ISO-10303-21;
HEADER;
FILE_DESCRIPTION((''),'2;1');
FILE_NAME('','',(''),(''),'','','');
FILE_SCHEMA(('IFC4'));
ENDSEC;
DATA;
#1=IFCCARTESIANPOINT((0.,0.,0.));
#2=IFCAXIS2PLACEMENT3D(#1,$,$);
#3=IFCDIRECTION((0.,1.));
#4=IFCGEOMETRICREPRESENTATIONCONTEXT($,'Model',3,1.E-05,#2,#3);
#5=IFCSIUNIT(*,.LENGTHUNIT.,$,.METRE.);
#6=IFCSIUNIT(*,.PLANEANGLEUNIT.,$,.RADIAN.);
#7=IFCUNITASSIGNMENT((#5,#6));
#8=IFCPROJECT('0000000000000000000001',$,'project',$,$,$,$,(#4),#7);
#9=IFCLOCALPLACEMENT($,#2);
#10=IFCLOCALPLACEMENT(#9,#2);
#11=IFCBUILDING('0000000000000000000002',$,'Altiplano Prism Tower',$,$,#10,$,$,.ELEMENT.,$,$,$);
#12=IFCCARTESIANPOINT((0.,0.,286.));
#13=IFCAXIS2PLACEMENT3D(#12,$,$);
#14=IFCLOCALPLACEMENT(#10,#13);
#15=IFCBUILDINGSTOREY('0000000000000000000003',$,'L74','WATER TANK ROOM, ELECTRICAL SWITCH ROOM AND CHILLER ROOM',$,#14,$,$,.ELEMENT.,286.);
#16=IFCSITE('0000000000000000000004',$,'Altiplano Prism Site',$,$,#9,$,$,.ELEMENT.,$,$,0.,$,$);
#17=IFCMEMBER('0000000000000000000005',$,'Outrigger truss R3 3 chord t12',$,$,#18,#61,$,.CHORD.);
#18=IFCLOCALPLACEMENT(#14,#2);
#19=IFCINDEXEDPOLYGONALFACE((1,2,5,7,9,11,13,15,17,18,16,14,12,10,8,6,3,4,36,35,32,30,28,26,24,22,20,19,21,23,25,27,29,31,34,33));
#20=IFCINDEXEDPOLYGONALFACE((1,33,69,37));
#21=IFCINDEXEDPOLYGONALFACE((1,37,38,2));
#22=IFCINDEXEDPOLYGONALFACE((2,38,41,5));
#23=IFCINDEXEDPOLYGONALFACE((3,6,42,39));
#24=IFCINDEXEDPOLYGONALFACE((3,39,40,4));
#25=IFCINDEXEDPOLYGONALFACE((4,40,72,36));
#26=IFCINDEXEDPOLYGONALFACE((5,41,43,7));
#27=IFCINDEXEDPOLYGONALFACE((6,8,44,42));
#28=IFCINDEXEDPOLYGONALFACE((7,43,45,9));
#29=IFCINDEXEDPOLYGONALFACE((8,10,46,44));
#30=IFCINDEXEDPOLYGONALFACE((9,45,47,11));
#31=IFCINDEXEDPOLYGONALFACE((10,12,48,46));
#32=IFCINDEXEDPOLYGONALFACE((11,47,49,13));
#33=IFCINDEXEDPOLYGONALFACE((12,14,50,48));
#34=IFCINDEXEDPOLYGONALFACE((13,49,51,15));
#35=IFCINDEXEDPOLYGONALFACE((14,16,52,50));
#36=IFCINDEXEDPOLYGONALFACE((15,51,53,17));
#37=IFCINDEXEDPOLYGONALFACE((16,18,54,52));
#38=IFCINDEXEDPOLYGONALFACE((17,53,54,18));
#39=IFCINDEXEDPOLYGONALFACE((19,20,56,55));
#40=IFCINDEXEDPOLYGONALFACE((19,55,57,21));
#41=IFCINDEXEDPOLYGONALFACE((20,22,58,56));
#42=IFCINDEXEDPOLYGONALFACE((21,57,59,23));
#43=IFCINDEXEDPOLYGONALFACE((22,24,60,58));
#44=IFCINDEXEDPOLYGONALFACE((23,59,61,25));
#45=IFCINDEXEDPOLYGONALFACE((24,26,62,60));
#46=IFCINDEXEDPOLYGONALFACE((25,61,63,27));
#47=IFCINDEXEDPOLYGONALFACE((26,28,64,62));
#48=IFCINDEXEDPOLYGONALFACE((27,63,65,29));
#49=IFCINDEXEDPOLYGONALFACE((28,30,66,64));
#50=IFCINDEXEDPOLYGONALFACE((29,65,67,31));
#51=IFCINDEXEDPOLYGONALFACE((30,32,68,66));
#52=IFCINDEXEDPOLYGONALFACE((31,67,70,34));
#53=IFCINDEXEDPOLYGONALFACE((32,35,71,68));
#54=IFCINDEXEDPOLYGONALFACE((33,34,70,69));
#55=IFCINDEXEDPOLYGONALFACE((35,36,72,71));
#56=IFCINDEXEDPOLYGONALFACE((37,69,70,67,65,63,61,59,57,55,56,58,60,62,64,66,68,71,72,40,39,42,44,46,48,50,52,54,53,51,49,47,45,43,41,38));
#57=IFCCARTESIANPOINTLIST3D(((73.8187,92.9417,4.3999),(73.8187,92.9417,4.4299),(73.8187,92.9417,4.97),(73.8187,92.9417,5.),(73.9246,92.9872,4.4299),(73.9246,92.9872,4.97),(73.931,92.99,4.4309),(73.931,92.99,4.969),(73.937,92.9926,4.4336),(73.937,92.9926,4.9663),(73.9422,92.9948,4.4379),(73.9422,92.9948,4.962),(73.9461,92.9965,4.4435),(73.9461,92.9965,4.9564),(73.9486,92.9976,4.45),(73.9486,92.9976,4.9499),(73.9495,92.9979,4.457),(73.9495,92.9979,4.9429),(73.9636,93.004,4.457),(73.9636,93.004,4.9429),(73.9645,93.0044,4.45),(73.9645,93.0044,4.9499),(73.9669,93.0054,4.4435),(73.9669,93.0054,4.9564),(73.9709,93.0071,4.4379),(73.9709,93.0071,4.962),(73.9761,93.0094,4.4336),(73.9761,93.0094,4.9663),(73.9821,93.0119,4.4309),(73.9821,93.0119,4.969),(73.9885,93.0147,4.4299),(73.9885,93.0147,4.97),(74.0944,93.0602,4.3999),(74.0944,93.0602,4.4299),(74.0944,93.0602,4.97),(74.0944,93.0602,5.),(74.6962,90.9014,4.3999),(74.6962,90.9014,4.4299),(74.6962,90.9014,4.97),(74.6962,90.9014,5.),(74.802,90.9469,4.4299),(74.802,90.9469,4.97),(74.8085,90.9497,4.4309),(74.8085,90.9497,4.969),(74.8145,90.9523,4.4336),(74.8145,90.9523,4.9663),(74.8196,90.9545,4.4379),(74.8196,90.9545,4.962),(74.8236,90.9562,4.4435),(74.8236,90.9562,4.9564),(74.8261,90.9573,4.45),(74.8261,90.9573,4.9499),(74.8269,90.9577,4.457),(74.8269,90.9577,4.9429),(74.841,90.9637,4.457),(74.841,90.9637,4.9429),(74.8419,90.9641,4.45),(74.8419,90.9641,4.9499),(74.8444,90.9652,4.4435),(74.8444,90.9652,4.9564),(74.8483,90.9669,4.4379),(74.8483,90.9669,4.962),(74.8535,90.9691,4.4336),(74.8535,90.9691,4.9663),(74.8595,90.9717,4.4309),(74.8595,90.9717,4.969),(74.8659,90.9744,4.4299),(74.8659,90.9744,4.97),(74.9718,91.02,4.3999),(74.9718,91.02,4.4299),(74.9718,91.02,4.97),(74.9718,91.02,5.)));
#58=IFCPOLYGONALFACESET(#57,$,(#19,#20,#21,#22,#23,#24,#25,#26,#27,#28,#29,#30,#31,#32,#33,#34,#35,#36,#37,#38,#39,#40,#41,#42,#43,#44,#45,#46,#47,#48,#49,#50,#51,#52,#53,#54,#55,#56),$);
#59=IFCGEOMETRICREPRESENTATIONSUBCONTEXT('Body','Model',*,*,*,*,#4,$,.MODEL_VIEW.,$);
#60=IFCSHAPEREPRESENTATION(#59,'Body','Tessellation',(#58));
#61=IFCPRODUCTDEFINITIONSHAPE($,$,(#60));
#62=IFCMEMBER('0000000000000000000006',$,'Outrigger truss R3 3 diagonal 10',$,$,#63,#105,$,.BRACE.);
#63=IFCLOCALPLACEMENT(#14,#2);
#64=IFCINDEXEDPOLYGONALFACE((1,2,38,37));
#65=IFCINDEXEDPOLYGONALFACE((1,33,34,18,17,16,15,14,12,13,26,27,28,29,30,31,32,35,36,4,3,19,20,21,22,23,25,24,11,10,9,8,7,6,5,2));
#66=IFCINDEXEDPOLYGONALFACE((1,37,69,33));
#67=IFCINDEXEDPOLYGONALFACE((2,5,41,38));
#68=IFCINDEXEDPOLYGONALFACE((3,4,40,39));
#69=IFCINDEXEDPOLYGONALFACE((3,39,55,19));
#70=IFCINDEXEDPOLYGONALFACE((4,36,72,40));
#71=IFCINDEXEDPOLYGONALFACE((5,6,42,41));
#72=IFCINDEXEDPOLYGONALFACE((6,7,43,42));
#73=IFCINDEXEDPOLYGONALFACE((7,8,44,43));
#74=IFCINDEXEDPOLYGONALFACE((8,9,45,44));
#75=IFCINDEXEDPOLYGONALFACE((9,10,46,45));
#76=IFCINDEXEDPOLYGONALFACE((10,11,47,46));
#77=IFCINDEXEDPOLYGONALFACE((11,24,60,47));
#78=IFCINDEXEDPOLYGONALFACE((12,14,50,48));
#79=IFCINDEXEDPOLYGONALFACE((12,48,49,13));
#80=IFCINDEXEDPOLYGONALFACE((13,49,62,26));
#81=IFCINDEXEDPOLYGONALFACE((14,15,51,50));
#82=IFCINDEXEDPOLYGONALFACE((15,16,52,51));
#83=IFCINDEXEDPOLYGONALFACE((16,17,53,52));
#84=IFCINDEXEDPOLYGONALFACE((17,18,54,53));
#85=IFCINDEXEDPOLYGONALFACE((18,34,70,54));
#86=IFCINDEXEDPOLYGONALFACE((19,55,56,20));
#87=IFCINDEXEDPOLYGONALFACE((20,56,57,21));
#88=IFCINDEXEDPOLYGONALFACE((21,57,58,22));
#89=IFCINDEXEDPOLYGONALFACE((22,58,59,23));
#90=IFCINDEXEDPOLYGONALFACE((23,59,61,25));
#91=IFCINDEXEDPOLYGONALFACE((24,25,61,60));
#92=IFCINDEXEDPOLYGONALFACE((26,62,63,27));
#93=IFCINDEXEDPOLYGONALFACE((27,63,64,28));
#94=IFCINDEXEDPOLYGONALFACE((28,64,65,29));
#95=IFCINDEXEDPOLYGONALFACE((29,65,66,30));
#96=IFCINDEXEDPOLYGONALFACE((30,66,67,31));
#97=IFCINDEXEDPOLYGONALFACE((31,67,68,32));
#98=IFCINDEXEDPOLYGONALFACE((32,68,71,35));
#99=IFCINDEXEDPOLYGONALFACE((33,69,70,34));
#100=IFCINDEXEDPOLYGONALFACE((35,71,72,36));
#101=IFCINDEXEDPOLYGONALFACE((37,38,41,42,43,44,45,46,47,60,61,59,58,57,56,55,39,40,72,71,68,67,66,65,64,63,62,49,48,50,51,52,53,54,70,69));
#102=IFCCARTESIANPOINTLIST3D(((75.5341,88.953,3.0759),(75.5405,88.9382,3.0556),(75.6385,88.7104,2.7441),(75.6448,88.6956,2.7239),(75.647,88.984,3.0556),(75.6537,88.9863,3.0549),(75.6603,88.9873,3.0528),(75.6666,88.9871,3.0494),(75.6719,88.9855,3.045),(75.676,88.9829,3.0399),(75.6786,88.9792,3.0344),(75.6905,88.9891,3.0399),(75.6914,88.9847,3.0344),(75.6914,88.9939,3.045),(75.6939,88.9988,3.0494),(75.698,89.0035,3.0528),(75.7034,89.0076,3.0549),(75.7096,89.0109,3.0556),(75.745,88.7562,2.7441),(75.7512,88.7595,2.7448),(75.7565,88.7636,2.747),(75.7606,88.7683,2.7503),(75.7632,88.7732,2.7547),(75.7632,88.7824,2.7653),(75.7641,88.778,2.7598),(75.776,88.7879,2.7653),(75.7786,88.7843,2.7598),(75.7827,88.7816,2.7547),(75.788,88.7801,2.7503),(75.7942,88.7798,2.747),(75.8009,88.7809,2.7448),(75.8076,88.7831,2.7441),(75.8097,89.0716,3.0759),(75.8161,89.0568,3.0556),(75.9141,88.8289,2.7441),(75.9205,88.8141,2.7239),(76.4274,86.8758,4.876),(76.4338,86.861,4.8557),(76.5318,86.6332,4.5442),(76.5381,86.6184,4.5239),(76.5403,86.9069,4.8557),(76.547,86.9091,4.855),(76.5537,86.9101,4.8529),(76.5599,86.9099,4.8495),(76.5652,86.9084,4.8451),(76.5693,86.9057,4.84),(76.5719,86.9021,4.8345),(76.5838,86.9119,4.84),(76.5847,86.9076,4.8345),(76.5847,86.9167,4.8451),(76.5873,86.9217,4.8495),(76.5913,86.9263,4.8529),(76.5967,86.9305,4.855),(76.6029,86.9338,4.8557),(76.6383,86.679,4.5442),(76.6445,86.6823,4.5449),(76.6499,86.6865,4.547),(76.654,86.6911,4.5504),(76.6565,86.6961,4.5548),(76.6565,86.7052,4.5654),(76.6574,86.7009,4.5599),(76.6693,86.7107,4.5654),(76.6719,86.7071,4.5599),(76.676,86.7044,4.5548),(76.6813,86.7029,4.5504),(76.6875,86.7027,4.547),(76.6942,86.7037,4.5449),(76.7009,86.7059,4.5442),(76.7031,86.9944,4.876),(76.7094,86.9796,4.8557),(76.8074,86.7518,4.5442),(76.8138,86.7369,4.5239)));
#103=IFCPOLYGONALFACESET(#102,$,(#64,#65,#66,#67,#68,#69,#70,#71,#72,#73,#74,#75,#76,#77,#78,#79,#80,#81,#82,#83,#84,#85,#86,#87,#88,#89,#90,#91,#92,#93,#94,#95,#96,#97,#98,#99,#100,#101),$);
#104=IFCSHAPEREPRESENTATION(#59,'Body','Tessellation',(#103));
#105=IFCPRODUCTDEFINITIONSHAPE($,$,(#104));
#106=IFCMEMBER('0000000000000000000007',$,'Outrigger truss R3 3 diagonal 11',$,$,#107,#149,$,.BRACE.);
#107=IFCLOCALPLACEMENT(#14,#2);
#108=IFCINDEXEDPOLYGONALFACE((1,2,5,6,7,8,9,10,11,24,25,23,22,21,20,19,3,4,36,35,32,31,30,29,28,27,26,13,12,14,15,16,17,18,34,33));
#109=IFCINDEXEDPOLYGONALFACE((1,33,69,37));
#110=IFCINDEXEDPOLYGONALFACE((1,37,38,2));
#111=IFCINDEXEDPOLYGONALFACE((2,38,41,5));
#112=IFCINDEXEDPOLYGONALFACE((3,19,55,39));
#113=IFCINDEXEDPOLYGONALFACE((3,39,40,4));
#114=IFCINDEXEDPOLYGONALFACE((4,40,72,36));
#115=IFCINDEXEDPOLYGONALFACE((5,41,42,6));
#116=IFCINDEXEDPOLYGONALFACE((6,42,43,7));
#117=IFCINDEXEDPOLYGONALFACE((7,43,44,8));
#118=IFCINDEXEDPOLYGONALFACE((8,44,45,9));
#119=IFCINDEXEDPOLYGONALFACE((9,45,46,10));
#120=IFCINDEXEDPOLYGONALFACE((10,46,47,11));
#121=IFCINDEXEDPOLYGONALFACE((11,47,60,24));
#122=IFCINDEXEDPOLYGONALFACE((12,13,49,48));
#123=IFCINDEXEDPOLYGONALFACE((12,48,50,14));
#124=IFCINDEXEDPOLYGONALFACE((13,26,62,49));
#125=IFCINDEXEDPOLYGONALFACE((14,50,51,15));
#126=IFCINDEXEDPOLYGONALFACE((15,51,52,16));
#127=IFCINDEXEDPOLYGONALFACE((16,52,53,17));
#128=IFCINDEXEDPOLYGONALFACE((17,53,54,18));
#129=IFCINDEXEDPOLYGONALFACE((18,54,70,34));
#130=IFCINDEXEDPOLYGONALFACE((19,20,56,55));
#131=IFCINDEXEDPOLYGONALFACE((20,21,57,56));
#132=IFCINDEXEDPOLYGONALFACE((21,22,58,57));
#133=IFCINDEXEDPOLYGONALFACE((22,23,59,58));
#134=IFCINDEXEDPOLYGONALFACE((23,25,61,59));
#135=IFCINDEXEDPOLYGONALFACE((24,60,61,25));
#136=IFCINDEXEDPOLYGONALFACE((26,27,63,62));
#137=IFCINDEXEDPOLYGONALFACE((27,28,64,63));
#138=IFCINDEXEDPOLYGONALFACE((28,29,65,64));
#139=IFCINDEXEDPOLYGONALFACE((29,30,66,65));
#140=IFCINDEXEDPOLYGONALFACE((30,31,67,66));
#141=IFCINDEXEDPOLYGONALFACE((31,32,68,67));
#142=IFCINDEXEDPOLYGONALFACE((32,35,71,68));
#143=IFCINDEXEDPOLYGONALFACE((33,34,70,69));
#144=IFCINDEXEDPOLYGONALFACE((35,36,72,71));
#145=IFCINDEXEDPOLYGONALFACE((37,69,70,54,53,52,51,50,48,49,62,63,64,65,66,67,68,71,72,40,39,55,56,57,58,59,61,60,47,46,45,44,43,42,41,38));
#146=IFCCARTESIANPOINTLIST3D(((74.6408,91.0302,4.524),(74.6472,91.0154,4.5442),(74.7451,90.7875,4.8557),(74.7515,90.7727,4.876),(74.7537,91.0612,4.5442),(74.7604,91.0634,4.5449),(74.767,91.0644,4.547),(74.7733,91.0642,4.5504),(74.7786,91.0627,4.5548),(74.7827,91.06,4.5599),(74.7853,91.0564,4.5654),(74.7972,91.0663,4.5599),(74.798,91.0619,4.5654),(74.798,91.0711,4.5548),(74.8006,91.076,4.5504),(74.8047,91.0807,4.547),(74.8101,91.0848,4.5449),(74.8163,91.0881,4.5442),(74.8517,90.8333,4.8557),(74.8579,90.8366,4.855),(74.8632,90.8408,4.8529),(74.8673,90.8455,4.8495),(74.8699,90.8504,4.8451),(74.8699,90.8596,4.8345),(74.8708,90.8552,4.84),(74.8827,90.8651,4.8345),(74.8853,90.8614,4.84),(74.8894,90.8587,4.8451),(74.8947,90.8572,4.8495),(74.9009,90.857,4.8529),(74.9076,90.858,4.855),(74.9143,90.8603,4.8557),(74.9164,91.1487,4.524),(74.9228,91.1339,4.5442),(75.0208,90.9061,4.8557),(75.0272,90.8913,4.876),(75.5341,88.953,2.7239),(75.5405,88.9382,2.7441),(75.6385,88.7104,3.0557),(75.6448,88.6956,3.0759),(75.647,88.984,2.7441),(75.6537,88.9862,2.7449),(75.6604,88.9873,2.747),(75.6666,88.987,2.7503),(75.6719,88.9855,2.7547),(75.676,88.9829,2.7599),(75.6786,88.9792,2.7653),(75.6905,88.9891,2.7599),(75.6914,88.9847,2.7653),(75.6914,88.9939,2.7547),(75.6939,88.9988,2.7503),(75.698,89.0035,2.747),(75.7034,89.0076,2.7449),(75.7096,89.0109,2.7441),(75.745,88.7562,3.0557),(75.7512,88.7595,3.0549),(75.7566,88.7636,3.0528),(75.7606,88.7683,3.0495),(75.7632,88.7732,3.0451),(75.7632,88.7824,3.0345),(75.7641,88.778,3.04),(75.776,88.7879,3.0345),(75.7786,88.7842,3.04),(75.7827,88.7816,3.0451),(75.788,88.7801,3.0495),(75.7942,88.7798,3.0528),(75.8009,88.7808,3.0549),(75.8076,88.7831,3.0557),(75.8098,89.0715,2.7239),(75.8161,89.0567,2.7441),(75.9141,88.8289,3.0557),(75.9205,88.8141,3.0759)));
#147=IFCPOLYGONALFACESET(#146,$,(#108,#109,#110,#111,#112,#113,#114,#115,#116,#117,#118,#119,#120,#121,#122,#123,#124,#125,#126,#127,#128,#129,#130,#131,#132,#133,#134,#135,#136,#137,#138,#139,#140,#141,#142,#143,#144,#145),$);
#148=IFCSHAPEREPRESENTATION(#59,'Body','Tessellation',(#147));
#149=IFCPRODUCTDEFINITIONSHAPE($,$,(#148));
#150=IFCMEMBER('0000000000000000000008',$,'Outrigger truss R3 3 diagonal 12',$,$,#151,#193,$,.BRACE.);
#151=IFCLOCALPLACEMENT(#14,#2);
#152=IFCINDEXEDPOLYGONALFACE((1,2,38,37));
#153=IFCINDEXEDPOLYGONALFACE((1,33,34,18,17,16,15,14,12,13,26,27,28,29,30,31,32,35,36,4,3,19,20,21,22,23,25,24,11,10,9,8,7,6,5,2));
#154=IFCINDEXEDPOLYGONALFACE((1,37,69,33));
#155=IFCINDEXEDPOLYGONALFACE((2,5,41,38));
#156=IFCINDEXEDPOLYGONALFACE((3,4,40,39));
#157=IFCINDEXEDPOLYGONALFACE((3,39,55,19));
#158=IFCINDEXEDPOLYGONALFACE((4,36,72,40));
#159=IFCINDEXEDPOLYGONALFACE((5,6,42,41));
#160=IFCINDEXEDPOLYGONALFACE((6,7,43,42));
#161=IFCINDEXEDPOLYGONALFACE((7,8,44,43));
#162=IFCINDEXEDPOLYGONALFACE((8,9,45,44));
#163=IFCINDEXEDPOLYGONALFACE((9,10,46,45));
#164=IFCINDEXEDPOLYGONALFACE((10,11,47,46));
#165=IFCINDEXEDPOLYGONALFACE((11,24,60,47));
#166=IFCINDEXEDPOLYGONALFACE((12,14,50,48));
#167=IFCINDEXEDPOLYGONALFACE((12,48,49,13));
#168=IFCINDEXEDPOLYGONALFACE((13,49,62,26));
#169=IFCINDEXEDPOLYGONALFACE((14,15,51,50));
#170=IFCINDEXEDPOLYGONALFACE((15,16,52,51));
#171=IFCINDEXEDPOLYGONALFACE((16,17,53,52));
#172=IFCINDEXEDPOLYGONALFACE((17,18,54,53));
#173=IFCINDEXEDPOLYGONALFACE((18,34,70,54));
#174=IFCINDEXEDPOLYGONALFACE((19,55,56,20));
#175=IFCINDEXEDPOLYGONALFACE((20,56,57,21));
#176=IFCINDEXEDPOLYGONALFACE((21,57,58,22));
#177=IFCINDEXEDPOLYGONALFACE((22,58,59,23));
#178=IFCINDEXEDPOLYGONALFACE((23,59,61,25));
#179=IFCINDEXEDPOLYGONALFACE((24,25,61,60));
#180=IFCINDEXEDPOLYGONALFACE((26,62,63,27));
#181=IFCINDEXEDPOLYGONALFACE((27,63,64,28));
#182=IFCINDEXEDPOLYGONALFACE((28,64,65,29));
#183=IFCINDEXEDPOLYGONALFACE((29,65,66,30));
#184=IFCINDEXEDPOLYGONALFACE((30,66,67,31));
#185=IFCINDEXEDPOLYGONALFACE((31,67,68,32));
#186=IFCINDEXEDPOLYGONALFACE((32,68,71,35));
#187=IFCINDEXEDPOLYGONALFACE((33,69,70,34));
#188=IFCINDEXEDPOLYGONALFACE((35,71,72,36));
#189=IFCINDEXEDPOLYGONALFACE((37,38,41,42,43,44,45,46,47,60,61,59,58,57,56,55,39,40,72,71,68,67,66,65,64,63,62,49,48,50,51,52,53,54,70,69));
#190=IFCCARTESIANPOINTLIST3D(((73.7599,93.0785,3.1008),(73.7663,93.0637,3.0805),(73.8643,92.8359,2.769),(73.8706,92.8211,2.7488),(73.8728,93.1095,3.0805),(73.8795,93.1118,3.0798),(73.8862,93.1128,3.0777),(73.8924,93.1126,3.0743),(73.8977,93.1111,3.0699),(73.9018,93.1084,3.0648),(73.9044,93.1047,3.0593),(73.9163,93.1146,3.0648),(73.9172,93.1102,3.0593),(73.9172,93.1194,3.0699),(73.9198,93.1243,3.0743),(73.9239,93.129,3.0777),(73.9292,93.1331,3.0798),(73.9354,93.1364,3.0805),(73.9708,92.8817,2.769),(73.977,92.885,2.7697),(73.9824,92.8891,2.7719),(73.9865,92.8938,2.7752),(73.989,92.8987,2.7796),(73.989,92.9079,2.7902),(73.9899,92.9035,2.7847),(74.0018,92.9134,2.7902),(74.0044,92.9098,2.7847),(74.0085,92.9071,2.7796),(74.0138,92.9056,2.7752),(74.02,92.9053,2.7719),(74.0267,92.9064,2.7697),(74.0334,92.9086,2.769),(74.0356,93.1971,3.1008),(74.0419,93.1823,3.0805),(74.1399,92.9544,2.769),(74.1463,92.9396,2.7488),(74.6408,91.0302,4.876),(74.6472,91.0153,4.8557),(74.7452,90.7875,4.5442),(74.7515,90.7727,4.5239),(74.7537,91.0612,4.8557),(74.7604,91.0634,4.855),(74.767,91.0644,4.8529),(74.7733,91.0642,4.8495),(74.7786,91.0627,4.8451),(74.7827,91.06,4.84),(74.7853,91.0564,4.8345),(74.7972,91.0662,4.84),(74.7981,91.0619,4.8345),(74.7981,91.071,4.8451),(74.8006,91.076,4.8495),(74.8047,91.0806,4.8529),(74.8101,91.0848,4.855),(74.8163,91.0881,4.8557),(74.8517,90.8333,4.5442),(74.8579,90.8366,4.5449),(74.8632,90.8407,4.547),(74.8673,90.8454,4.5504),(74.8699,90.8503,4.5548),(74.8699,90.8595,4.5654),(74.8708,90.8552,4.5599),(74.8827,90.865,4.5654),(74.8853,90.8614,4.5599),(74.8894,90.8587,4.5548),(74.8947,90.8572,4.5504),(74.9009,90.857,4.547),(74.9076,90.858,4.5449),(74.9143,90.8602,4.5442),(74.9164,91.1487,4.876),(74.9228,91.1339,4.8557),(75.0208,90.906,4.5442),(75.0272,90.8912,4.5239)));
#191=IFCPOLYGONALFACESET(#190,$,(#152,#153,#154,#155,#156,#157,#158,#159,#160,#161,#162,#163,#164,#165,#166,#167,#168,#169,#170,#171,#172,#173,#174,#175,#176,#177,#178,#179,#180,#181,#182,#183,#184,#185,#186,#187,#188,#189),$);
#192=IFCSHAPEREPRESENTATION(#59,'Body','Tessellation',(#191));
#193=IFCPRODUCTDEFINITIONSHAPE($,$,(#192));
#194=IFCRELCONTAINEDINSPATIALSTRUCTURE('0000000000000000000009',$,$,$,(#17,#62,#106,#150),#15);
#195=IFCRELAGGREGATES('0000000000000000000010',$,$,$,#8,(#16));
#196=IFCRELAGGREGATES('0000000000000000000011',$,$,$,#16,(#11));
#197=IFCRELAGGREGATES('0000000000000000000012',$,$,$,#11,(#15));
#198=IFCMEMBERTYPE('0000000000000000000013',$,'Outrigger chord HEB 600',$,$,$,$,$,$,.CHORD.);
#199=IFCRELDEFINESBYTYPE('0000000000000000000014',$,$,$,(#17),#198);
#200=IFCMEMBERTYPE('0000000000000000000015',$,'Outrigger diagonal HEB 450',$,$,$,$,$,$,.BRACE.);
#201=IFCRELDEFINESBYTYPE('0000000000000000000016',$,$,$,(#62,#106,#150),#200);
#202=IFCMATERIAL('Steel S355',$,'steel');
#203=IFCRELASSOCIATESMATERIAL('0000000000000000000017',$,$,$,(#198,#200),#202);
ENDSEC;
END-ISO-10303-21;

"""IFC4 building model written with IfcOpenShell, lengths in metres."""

from ifc_helpers import new_model, si_unit, direction, frame, origin, origin_2d, place, context, subcontext, project, spatial, i_section, extrude, material, material_profile, profile_set, type_object, element, save


model = new_model("IFC4")

# Units and contexts
model_context = context("Model", 3, precision=1e-05, world=origin(), true_north=direction((0.0, 1.0)))
body_context = subcontext(model_context, "Body", "Model", "MODEL_VIEW")
ifc_project = project(units=[si_unit("LENGTHUNIT", "METRE"), si_unit("PLANEANGLEUNIT", "RADIAN")], contexts=[model_context])

# Site, building, storey
site_placement = place(None, origin())
site = spatial("IfcSite", under=ifc_project, at=site_placement, Name="Altiplano Prism Site", CompositionType="ELEMENT", RefElevation=0.0)
building_placement = place(site_placement, origin())
building = spatial("IfcBuilding", under=site, at=building_placement, Name="Altiplano Prism Tower", CompositionType="ELEMENT")
storey_placement = place(building_placement, frame((0.0, 0.0, 286.0)))
storey = spatial("IfcBuildingStorey", under=building, at=storey_placement, Name="L74", Description="WATER TANK ROOM, ELECTRICAL SWITCH ROOM AND CHILLER ROOM", CompositionType="ELEMENT", Elevation=286.0)

# Shared definitions
ifc_material_1 = material(Name="Steel S355", Category="steel")

# Members
ifc_material_profile_1 = material_profile(ifc_material_1, i_section(OverallWidth=0.3, OverallDepth=0.6001, WebThickness=0.0154, FlangeThickness=0.03, FilletRadius=0.0271, at=origin_2d()), Name="Outrigger chord HEB 600")
ifc_profile_set_1 = profile_set([ifc_material_profile_1], Name="Steel S355")
member_type_1 = type_object("IfcMemberType", Name="Outrigger chord HEB 600", PredefinedType="CHORD", material=ifc_profile_set_1)
for number, where, z_axis, x_axis, name in (
    (1, (74.834, 90.9607, 4.7), (-0.395073, 0.91865, 0.0), (-0.91865, -0.395073, 0.0), "Outrigger truss R3 3 chord t12"),
):
    element("IfcMember", number, at=place(storey_placement, frame(where, z_axis=z_axis, x_axis=x_axis)), inside=storey, type_object=member_type_1, Name=name, PredefinedType="CHORD", context=body_context, shape_type="SweptSolid", body=[
        extrude(i_section(OverallWidth=0.3, OverallDepth=0.6001, WebThickness=0.0154, FlangeThickness=0.03, FilletRadius=0.0271, at=origin_2d()), origin(), (0.0, 0.0, 1.0), 2.2209),
    ])
ifc_material_profile_2 = material_profile(ifc_material_1, i_section(OverallWidth=0.3, OverallDepth=0.45, WebThickness=0.0139, FlangeThickness=0.0259, FilletRadius=0.0271, at=origin_2d()), Name="Outrigger diagonal HEB 450")
ifc_profile_set_2 = profile_set([ifc_material_profile_2], Name="Steel S355")
member_type_2 = type_object("IfcMemberType", Name="Outrigger diagonal HEB 450", PredefinedType="BRACE", material=ifc_profile_set_2)
for number, where, z_axis, x_axis, name in (
    (2, (76.6206, 86.8064, 4.7), (-0.309092, 0.71871, -0.622831), (-0.918647, -0.395079, 0.0), "Outrigger truss R3 3 diagonal 10"),
    (3, (75.7273, 88.8835, 2.8999), (-0.309092, 0.71871, 0.622831), (-0.918647, -0.395079, 0.0), "Outrigger truss R3 3 diagonal 11"),
):
    element("IfcMember", number, at=place(storey_placement, frame(where, z_axis=z_axis, x_axis=x_axis)), inside=storey, type_object=member_type_2, Name=name, PredefinedType="BRACE", context=body_context, shape_type="SweptSolid", body=[
        extrude(i_section(OverallWidth=0.3, OverallDepth=0.45, WebThickness=0.0139, FlangeThickness=0.0259, FilletRadius=0.0271, at=origin_2d()), origin(), (0.0, 0.0, 1.0), 2.8901),
    ])
member_1_placement = place(storey_placement, frame((74.834, 90.9607, 4.7), z_axis=(-0.309069, 0.718704, -0.622849), x_axis=(-0.918657, -0.395055, 0.0)))
element("IfcMember", 4, at=member_1_placement, inside=storey, type_object=member_type_2, Name="Outrigger truss R3 3 diagonal 12", PredefinedType="BRACE", context=body_context, shape_type="SweptSolid", body=[
    extrude(i_section(OverallWidth=0.3, OverallDepth=0.45, WebThickness=0.0139, FlangeThickness=0.0259, FilletRadius=0.0271, at=origin_2d()), origin(), (0.0, 0.0, 1.0), 2.8501),
])

save(model, "model.ifc")
